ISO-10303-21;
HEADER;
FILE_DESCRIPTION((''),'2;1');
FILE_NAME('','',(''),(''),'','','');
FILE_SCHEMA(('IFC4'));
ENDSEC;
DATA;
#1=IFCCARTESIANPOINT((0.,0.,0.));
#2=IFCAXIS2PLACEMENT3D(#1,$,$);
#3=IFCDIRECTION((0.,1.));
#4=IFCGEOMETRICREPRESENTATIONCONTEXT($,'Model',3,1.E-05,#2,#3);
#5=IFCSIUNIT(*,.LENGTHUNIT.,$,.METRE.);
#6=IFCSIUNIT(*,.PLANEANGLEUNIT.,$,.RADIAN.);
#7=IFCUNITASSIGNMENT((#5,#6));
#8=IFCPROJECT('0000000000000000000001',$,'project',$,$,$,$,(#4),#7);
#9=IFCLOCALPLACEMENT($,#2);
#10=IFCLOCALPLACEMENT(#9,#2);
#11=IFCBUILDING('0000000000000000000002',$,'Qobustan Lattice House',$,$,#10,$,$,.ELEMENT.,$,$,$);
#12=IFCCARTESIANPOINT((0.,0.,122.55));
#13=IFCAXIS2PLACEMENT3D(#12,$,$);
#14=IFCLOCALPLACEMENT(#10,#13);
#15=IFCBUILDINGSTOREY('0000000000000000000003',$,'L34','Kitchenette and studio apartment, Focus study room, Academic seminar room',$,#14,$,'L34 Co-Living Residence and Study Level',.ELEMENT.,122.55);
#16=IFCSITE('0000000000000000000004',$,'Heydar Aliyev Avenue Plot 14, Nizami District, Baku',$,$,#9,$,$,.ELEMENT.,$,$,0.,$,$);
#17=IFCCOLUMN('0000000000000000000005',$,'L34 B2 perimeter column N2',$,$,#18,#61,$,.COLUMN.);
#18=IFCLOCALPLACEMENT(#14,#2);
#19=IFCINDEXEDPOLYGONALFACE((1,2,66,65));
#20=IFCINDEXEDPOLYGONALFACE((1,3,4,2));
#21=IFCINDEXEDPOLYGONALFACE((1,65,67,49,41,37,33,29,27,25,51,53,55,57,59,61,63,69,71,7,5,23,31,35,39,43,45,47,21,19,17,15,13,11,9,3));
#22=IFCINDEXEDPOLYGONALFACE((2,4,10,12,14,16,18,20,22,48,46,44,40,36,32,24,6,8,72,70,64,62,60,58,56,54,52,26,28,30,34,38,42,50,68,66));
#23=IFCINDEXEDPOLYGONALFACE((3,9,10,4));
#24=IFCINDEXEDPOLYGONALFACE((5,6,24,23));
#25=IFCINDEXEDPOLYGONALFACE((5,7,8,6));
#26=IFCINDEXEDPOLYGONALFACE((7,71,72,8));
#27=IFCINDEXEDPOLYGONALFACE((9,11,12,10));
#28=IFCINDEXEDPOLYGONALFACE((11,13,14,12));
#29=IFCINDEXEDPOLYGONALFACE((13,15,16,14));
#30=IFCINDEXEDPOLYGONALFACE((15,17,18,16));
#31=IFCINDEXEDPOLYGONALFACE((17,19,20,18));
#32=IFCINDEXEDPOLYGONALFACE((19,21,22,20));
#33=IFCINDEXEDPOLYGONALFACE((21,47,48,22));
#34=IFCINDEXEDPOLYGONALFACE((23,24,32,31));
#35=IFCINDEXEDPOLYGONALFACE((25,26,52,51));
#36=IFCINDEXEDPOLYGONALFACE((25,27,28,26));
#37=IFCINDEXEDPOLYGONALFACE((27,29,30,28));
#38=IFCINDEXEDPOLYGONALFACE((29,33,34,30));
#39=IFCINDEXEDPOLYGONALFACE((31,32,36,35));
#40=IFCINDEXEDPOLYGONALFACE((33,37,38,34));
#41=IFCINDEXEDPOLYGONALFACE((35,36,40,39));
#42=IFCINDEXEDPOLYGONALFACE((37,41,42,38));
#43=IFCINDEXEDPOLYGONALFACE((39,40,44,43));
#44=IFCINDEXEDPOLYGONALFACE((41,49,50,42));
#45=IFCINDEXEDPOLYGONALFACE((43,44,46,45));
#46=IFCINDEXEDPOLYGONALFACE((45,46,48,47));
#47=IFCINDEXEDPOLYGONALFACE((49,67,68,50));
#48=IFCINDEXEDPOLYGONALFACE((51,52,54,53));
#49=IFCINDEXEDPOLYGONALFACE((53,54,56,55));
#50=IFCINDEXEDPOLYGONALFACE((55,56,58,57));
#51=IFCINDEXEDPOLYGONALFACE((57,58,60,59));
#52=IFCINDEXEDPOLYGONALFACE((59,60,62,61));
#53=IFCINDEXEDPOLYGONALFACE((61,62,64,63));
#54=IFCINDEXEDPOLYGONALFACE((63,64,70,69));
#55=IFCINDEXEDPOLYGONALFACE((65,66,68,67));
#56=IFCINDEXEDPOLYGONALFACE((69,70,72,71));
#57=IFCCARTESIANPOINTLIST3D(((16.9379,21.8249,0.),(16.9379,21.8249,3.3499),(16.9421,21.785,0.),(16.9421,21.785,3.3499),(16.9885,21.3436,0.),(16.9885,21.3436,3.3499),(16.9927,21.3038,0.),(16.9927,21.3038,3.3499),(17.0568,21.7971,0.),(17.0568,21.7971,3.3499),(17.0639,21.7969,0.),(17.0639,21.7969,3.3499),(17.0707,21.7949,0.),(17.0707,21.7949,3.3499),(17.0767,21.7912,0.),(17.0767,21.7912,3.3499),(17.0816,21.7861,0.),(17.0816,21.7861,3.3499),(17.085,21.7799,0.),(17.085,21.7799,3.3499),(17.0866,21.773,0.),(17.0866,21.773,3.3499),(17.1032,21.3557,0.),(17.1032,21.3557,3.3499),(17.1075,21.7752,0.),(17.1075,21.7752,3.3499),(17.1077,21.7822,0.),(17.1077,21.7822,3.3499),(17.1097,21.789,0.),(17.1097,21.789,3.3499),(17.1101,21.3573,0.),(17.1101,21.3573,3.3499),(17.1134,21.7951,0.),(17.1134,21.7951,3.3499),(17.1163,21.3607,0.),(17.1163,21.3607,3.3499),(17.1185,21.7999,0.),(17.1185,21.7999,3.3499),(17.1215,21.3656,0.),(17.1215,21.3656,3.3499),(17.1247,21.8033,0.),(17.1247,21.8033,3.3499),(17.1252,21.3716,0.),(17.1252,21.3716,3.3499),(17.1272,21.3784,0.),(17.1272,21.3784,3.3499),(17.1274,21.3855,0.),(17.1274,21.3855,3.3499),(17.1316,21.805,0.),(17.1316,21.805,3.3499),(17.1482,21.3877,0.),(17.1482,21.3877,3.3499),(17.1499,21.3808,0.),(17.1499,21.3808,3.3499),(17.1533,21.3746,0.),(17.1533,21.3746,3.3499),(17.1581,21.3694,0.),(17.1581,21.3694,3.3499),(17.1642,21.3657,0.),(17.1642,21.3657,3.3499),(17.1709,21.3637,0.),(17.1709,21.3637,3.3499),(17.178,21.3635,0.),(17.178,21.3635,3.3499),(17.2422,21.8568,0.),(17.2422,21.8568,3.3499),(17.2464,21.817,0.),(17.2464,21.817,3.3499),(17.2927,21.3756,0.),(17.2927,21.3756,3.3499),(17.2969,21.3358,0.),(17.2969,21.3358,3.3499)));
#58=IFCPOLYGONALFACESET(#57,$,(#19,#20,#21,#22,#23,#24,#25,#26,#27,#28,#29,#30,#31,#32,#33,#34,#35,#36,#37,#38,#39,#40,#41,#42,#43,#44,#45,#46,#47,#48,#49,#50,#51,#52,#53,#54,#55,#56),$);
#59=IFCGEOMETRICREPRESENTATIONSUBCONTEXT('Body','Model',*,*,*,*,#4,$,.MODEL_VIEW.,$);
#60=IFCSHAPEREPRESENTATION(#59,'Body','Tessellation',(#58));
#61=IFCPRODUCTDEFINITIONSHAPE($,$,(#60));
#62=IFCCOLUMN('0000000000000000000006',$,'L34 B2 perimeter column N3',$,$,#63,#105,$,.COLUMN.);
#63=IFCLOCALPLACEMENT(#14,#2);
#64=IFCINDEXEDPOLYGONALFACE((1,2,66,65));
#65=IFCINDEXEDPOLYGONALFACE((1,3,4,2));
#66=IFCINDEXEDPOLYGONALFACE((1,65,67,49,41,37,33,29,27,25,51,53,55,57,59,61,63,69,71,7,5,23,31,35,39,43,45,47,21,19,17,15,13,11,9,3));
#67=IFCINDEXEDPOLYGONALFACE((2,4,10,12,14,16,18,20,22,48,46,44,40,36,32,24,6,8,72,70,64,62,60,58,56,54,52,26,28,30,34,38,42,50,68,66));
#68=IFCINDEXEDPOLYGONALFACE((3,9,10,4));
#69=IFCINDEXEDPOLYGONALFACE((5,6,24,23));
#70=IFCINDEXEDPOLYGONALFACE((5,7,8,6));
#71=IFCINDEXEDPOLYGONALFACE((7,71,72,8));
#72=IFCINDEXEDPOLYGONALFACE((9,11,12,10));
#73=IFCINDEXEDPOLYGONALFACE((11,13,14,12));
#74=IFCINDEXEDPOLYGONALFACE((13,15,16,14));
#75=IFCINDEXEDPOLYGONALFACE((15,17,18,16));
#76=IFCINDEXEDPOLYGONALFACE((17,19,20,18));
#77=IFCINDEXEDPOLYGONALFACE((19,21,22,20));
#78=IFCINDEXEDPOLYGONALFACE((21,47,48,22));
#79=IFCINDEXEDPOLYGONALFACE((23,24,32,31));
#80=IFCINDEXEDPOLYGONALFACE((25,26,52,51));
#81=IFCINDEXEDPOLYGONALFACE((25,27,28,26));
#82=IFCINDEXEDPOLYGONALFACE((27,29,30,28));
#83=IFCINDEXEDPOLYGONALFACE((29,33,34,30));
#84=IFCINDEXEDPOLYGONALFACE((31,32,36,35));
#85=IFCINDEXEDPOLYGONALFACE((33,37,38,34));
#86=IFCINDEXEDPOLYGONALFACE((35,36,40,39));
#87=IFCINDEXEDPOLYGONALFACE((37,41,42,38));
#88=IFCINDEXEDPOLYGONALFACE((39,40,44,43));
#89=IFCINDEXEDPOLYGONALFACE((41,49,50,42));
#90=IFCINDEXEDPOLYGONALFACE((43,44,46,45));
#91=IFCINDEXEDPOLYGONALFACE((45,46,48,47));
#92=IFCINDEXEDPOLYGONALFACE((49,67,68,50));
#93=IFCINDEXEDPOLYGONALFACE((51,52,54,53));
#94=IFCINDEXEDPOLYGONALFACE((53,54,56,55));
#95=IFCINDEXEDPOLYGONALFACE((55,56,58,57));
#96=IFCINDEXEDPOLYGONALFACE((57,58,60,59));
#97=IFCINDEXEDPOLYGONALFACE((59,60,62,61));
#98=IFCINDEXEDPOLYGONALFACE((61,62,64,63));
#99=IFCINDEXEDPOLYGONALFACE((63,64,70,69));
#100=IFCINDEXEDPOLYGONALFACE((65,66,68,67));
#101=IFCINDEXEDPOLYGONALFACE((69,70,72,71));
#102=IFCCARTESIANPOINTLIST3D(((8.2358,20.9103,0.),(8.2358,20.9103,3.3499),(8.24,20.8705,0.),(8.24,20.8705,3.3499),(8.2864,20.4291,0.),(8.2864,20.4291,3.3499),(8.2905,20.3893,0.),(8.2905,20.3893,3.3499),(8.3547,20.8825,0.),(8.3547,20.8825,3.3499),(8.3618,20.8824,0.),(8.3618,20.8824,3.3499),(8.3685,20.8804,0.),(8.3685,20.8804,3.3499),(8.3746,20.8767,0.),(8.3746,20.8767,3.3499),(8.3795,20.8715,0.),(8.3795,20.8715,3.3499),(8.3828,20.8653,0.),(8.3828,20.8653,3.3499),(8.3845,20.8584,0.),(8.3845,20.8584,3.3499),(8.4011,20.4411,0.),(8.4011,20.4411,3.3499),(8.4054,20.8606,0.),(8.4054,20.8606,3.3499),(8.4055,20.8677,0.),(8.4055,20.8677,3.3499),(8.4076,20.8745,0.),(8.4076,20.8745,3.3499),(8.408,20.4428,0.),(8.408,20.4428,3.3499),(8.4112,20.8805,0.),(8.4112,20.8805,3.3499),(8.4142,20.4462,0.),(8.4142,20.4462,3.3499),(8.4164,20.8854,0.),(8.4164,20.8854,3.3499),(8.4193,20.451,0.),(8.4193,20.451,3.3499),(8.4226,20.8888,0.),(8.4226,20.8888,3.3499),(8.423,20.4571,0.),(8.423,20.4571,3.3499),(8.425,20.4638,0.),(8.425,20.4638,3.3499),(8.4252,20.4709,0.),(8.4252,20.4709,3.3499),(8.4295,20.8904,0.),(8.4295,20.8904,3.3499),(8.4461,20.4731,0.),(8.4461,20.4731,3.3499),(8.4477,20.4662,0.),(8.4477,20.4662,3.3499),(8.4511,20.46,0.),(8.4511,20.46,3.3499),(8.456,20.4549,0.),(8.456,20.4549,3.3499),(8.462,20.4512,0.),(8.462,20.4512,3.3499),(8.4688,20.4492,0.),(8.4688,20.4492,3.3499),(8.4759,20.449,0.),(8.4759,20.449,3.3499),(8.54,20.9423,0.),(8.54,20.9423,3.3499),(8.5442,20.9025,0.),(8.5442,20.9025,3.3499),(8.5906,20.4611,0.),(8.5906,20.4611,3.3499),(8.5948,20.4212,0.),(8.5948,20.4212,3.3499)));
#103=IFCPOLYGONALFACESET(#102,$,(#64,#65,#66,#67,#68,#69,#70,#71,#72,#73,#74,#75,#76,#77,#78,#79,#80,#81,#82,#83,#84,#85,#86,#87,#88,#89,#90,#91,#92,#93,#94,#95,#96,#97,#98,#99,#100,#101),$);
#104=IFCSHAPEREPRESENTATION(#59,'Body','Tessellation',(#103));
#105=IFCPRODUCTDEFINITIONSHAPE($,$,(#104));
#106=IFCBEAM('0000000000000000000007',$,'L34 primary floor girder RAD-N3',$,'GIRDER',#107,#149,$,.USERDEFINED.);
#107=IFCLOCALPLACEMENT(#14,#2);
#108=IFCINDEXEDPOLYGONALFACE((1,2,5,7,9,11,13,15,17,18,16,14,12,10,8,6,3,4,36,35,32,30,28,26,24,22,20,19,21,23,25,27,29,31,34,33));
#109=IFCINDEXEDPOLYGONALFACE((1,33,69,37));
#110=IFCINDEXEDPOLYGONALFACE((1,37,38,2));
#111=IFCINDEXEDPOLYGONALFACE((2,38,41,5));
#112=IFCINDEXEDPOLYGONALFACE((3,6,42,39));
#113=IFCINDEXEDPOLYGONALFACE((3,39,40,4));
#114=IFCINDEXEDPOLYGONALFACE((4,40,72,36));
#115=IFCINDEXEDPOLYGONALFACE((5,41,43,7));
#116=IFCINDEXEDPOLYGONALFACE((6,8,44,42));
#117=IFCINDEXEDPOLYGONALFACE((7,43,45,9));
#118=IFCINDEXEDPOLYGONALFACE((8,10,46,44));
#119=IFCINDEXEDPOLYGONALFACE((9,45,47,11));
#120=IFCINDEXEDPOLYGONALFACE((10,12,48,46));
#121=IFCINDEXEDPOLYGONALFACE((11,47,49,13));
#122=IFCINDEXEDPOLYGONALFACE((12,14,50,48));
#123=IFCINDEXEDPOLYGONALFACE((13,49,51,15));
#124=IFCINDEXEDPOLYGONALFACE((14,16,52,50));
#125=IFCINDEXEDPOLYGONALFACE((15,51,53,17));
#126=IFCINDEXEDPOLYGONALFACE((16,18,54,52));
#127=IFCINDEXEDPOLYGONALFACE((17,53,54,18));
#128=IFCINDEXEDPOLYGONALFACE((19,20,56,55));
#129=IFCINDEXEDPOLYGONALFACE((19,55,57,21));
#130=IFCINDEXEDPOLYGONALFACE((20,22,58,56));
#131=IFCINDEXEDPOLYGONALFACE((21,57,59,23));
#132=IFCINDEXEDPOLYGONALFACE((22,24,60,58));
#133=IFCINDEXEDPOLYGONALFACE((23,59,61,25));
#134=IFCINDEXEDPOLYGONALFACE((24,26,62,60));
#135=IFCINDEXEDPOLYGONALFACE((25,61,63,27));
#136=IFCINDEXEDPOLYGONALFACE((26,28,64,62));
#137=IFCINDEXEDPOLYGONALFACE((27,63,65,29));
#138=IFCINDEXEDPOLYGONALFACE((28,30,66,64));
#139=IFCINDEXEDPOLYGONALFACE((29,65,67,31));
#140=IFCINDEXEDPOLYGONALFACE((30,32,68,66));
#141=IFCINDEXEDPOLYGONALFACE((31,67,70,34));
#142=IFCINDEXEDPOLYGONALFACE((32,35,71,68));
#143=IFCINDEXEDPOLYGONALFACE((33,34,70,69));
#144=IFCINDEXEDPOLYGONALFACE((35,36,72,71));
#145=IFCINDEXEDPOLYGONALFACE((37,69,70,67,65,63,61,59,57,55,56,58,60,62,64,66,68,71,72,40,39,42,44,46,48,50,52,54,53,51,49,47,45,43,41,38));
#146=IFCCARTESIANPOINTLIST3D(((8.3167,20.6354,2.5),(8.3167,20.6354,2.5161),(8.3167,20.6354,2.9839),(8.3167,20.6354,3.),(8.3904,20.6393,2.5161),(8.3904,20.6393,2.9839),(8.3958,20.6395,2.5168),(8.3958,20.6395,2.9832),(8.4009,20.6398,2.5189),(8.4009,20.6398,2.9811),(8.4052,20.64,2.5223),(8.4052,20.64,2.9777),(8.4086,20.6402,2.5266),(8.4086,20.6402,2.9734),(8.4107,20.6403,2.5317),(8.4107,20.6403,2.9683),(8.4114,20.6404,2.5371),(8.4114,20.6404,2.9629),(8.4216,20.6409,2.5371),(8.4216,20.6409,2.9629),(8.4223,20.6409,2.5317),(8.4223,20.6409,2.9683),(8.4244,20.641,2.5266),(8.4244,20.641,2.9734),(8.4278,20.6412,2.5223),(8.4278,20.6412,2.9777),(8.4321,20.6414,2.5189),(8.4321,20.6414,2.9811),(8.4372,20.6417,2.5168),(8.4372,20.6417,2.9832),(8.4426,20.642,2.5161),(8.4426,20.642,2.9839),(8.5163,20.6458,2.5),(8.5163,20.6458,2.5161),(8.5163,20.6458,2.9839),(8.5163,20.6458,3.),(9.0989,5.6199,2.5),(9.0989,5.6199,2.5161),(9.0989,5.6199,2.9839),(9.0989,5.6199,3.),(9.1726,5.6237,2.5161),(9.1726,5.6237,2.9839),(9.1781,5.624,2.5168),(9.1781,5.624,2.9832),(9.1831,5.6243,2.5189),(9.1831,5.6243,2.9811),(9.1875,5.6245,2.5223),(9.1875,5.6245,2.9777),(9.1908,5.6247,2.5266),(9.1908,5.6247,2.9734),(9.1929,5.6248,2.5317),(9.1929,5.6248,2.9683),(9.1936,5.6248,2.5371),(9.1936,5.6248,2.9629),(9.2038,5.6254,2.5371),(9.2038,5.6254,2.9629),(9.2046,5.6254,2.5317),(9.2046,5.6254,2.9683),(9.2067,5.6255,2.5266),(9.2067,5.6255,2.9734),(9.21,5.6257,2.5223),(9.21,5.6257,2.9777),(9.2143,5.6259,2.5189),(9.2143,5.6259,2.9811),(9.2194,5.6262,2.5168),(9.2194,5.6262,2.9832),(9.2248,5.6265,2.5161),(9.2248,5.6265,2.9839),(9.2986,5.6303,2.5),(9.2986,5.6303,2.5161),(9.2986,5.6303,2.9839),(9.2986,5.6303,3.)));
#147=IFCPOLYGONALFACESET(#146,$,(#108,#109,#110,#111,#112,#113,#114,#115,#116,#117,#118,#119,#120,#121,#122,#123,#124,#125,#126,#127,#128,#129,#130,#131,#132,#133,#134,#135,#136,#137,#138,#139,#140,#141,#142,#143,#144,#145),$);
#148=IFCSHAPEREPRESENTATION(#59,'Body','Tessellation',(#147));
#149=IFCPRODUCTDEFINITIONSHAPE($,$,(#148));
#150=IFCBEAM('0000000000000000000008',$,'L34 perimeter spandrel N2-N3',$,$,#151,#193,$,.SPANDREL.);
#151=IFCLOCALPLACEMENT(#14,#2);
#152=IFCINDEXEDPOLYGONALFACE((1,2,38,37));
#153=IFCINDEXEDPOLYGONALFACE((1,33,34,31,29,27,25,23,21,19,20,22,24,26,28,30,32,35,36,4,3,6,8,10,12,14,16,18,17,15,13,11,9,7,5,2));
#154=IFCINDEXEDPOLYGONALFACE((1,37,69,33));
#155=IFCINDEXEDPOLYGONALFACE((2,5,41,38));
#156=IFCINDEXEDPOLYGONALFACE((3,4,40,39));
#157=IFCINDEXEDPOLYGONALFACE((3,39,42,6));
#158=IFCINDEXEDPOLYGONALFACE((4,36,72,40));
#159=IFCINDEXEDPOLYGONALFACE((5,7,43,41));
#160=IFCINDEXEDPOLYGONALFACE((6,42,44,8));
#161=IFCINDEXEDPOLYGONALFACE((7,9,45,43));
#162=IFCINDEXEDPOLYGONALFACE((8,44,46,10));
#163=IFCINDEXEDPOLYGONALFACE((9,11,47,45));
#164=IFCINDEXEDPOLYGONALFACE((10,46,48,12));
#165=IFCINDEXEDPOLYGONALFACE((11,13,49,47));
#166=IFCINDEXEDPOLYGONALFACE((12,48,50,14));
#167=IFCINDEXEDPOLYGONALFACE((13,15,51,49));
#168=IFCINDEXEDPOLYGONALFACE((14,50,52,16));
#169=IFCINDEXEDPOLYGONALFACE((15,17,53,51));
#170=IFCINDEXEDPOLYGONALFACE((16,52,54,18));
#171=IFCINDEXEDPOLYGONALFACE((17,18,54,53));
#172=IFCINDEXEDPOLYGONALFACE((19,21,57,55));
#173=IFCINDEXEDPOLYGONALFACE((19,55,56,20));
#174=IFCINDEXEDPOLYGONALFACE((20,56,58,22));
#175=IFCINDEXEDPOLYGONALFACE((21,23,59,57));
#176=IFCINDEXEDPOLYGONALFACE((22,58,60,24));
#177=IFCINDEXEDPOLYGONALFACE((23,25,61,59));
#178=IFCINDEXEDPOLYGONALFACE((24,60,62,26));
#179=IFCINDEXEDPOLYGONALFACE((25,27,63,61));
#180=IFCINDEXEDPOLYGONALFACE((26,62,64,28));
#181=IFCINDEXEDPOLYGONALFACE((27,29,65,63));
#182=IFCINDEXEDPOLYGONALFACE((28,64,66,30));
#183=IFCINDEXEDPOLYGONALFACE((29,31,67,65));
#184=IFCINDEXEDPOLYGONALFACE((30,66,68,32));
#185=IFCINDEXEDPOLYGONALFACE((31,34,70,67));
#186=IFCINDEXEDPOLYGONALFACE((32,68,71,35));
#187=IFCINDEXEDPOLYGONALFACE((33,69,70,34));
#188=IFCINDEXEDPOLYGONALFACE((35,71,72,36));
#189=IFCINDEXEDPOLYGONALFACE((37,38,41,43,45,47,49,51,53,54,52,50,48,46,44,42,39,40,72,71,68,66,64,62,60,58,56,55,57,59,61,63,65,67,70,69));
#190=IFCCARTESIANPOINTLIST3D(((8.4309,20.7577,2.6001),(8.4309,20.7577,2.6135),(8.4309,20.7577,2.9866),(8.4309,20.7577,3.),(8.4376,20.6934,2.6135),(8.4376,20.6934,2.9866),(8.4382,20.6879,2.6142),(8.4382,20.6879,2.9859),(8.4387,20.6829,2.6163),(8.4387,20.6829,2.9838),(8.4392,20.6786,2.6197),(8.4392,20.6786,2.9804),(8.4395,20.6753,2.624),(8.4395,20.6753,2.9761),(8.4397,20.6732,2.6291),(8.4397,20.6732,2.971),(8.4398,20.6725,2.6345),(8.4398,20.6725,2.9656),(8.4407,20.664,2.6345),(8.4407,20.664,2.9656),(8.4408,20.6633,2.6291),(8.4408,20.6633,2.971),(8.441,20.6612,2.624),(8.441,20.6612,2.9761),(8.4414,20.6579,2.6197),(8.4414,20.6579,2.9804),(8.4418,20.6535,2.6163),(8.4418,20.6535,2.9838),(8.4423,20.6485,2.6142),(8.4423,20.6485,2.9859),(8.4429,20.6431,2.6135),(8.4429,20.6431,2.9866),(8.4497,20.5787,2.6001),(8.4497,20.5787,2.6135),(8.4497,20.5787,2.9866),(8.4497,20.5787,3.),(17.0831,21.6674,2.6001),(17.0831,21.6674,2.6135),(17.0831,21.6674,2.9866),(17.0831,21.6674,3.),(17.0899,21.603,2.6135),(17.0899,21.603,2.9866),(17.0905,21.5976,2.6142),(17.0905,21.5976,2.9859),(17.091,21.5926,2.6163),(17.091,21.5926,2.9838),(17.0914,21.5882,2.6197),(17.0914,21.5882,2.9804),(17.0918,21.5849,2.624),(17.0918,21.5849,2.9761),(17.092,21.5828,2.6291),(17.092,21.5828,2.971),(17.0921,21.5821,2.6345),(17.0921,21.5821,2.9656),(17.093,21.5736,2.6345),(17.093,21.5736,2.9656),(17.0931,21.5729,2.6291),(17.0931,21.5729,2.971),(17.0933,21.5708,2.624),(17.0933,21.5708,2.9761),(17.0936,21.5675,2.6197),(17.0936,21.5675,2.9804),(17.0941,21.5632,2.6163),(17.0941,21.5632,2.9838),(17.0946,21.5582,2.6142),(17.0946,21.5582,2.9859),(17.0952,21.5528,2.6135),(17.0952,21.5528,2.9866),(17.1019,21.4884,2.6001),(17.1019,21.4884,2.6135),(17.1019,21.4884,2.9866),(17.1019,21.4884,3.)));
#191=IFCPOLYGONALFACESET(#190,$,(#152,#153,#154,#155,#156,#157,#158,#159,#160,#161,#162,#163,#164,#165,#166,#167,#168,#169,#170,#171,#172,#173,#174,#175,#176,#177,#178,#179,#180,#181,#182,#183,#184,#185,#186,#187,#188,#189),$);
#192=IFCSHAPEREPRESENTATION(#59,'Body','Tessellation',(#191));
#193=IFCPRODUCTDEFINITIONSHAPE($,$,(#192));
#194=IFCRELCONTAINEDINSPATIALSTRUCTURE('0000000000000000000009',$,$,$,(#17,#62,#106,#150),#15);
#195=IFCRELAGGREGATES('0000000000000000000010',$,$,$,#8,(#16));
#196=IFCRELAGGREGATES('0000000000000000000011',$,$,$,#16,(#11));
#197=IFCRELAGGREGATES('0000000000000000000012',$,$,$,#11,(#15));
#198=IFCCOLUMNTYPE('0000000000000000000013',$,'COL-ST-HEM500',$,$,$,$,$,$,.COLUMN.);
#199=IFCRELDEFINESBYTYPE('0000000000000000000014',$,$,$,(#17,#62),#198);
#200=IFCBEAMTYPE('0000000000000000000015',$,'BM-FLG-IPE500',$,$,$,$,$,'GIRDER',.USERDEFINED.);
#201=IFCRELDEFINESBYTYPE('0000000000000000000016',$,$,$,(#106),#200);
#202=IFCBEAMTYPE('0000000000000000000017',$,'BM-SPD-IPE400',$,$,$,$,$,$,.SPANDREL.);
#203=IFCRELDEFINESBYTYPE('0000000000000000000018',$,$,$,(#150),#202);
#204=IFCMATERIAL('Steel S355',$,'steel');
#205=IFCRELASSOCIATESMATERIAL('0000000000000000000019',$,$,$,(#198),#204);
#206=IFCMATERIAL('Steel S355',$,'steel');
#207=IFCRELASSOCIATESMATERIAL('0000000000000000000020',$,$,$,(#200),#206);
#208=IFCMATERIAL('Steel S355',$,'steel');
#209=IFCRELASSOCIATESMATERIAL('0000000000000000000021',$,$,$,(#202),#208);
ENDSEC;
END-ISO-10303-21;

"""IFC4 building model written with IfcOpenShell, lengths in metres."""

from ifc_helpers import new_model, si_unit, direction, frame, origin, origin_2d, place, context, subcontext, project, spatial, i_section, extrude, material, material_profile, profile_set, type_object, element, save


model = new_model("IFC4")

# Units and contexts
model_context = context("Model", 3, precision=1e-05, world=origin(), true_north=direction((0.0, 1.0)))
body_context = subcontext(model_context, "Body", "Model", "MODEL_VIEW")
ifc_project = project(units=[si_unit("LENGTHUNIT", "METRE"), si_unit("PLANEANGLEUNIT", "RADIAN")], contexts=[model_context])

# Site, building, storey
site_placement = place(None, origin())
site = spatial("IfcSite", under=ifc_project, at=site_placement, Name="Heydar Aliyev Avenue Plot 14, Nizami District, Baku", CompositionType="ELEMENT", RefElevation=0.0)
building_placement = place(site_placement, origin())
building = spatial("IfcBuilding", under=site, at=building_placement, Name="Qobustan Lattice House", CompositionType="ELEMENT")
storey_placement = place(building_placement, frame((0.0, 0.0, 122.55)))
storey = spatial("IfcBuildingStorey", under=building, at=storey_placement, Name="L34", Description="Kitchenette and studio apartment, Focus study room, Academic seminar room", LongName="L34 Co-Living Residence and Study Level", CompositionType="ELEMENT", Elevation=122.55)

# Columns
ifc_material_1 = material(Name="Steel S355", Category="steel")
ifc_material_profile_1 = material_profile(ifc_material_1, i_section(OverallWidth=0.3059, OverallDepth=0.5239, WebThickness=0.021, FlangeThickness=0.04, FilletRadius=0.0271, at=origin_2d()), Name="HEM500")
ifc_profile_set_1 = profile_set([ifc_material_profile_1], Name="Steel S355")
column_type = type_object("IfcColumnType", Name="COL-ST-HEM500", PredefinedType="COLUMN", material=ifc_profile_set_1)
for number, where, z_axis, x_axis, name in (
    (1, (17.1174, 21.5803, 0.0), (0.0, 0.0, 1.0), (0.994522, 0.104528, 0.0), "L34 B2 perimeter column N2"),
    (2, (8.4153, 20.6658, 0.0), (0.0, 0.0, 1.0), (0.994522, 0.104528, 0.0), "L34 B2 perimeter column N3"),
):
    element("IfcColumn", number, at=place(storey_placement, frame(where, z_axis=z_axis, x_axis=x_axis)), inside=storey, type_object=column_type, Name=name, PredefinedType="COLUMN", context=body_context, shape_type="SweptSolid", body=[
        extrude(i_section(OverallWidth=0.3059, OverallDepth=0.5239, WebThickness=0.021, FlangeThickness=0.04, FilletRadius=0.0271, at=origin_2d()), origin(), (0.0, 0.0, 1.0), 3.3499),
    ])

# Beams
ifc_material_2 = material(Name="Steel S355", Category="steel")
ifc_material_profile_2 = material_profile(ifc_material_2, i_section(OverallWidth=0.2, OverallDepth=0.5, WebThickness=0.0103, FlangeThickness=0.0161, FilletRadius=0.021, at=origin_2d()), Name="IPE500")
ifc_profile_set_2 = profile_set([ifc_material_profile_2], Name="Steel S355")
beam_type_1 = type_object("IfcBeamType", Name="BM-FLG-IPE500", ElementType="GIRDER", PredefinedType="USERDEFINED", material=ifc_profile_set_2)
beam_1_placement = place(storey_placement, frame((8.4165, 20.6406, 2.75), z_axis=(0.052024, -0.998646, 0.0), x_axis=(0.998646, 0.052024, 0.0)))
element("IfcBeam", 3, at=beam_1_placement, inside=storey, type_object=beam_type_1, Name="L34 primary floor girder RAD-N3", ObjectType="GIRDER", PredefinedType="USERDEFINED", context=body_context, shape_type="SweptSolid", body=[
    extrude(i_section(OverallWidth=0.2, OverallDepth=0.5, WebThickness=0.0103, FlangeThickness=0.0161, FilletRadius=0.021, at=origin_2d()), origin(), (0.0, 0.0, 1.0), 15.0359),
])
ifc_material_3 = material(Name="Steel S355", Category="steel")
ifc_material_profile_3 = material_profile(ifc_material_3, i_section(OverallWidth=0.1799, OverallDepth=0.3999, WebThickness=0.0085, FlangeThickness=0.0134, FilletRadius=0.021, at=origin_2d()), Name="IPE400")
ifc_profile_set_3 = profile_set([ifc_material_profile_3], Name="Steel S355")
beam_type_2 = type_object("IfcBeamType", Name="BM-SPD-IPE400", PredefinedType="SPANDREL", material=ifc_profile_set_3)
beam_2_placement = place(storey_placement, frame((17.0925, 21.5779, 2.8), z_axis=(-0.994519, -0.104559, 0.0), x_axis=(0.104559, -0.994519, 0.0)))
element("IfcBeam", 4, at=beam_2_placement, inside=storey, type_object=beam_type_2, Name="L34 perimeter spandrel N2-N3", PredefinedType="SPANDREL", context=body_context, shape_type="SweptSolid", body=[
    extrude(i_section(OverallWidth=0.1799, OverallDepth=0.3999, WebThickness=0.0085, FlangeThickness=0.0134, FilletRadius=0.021, at=origin_2d()), origin(), (0.0, 0.0, 1.0), 8.7),
])

save(model, "model.ifc")
